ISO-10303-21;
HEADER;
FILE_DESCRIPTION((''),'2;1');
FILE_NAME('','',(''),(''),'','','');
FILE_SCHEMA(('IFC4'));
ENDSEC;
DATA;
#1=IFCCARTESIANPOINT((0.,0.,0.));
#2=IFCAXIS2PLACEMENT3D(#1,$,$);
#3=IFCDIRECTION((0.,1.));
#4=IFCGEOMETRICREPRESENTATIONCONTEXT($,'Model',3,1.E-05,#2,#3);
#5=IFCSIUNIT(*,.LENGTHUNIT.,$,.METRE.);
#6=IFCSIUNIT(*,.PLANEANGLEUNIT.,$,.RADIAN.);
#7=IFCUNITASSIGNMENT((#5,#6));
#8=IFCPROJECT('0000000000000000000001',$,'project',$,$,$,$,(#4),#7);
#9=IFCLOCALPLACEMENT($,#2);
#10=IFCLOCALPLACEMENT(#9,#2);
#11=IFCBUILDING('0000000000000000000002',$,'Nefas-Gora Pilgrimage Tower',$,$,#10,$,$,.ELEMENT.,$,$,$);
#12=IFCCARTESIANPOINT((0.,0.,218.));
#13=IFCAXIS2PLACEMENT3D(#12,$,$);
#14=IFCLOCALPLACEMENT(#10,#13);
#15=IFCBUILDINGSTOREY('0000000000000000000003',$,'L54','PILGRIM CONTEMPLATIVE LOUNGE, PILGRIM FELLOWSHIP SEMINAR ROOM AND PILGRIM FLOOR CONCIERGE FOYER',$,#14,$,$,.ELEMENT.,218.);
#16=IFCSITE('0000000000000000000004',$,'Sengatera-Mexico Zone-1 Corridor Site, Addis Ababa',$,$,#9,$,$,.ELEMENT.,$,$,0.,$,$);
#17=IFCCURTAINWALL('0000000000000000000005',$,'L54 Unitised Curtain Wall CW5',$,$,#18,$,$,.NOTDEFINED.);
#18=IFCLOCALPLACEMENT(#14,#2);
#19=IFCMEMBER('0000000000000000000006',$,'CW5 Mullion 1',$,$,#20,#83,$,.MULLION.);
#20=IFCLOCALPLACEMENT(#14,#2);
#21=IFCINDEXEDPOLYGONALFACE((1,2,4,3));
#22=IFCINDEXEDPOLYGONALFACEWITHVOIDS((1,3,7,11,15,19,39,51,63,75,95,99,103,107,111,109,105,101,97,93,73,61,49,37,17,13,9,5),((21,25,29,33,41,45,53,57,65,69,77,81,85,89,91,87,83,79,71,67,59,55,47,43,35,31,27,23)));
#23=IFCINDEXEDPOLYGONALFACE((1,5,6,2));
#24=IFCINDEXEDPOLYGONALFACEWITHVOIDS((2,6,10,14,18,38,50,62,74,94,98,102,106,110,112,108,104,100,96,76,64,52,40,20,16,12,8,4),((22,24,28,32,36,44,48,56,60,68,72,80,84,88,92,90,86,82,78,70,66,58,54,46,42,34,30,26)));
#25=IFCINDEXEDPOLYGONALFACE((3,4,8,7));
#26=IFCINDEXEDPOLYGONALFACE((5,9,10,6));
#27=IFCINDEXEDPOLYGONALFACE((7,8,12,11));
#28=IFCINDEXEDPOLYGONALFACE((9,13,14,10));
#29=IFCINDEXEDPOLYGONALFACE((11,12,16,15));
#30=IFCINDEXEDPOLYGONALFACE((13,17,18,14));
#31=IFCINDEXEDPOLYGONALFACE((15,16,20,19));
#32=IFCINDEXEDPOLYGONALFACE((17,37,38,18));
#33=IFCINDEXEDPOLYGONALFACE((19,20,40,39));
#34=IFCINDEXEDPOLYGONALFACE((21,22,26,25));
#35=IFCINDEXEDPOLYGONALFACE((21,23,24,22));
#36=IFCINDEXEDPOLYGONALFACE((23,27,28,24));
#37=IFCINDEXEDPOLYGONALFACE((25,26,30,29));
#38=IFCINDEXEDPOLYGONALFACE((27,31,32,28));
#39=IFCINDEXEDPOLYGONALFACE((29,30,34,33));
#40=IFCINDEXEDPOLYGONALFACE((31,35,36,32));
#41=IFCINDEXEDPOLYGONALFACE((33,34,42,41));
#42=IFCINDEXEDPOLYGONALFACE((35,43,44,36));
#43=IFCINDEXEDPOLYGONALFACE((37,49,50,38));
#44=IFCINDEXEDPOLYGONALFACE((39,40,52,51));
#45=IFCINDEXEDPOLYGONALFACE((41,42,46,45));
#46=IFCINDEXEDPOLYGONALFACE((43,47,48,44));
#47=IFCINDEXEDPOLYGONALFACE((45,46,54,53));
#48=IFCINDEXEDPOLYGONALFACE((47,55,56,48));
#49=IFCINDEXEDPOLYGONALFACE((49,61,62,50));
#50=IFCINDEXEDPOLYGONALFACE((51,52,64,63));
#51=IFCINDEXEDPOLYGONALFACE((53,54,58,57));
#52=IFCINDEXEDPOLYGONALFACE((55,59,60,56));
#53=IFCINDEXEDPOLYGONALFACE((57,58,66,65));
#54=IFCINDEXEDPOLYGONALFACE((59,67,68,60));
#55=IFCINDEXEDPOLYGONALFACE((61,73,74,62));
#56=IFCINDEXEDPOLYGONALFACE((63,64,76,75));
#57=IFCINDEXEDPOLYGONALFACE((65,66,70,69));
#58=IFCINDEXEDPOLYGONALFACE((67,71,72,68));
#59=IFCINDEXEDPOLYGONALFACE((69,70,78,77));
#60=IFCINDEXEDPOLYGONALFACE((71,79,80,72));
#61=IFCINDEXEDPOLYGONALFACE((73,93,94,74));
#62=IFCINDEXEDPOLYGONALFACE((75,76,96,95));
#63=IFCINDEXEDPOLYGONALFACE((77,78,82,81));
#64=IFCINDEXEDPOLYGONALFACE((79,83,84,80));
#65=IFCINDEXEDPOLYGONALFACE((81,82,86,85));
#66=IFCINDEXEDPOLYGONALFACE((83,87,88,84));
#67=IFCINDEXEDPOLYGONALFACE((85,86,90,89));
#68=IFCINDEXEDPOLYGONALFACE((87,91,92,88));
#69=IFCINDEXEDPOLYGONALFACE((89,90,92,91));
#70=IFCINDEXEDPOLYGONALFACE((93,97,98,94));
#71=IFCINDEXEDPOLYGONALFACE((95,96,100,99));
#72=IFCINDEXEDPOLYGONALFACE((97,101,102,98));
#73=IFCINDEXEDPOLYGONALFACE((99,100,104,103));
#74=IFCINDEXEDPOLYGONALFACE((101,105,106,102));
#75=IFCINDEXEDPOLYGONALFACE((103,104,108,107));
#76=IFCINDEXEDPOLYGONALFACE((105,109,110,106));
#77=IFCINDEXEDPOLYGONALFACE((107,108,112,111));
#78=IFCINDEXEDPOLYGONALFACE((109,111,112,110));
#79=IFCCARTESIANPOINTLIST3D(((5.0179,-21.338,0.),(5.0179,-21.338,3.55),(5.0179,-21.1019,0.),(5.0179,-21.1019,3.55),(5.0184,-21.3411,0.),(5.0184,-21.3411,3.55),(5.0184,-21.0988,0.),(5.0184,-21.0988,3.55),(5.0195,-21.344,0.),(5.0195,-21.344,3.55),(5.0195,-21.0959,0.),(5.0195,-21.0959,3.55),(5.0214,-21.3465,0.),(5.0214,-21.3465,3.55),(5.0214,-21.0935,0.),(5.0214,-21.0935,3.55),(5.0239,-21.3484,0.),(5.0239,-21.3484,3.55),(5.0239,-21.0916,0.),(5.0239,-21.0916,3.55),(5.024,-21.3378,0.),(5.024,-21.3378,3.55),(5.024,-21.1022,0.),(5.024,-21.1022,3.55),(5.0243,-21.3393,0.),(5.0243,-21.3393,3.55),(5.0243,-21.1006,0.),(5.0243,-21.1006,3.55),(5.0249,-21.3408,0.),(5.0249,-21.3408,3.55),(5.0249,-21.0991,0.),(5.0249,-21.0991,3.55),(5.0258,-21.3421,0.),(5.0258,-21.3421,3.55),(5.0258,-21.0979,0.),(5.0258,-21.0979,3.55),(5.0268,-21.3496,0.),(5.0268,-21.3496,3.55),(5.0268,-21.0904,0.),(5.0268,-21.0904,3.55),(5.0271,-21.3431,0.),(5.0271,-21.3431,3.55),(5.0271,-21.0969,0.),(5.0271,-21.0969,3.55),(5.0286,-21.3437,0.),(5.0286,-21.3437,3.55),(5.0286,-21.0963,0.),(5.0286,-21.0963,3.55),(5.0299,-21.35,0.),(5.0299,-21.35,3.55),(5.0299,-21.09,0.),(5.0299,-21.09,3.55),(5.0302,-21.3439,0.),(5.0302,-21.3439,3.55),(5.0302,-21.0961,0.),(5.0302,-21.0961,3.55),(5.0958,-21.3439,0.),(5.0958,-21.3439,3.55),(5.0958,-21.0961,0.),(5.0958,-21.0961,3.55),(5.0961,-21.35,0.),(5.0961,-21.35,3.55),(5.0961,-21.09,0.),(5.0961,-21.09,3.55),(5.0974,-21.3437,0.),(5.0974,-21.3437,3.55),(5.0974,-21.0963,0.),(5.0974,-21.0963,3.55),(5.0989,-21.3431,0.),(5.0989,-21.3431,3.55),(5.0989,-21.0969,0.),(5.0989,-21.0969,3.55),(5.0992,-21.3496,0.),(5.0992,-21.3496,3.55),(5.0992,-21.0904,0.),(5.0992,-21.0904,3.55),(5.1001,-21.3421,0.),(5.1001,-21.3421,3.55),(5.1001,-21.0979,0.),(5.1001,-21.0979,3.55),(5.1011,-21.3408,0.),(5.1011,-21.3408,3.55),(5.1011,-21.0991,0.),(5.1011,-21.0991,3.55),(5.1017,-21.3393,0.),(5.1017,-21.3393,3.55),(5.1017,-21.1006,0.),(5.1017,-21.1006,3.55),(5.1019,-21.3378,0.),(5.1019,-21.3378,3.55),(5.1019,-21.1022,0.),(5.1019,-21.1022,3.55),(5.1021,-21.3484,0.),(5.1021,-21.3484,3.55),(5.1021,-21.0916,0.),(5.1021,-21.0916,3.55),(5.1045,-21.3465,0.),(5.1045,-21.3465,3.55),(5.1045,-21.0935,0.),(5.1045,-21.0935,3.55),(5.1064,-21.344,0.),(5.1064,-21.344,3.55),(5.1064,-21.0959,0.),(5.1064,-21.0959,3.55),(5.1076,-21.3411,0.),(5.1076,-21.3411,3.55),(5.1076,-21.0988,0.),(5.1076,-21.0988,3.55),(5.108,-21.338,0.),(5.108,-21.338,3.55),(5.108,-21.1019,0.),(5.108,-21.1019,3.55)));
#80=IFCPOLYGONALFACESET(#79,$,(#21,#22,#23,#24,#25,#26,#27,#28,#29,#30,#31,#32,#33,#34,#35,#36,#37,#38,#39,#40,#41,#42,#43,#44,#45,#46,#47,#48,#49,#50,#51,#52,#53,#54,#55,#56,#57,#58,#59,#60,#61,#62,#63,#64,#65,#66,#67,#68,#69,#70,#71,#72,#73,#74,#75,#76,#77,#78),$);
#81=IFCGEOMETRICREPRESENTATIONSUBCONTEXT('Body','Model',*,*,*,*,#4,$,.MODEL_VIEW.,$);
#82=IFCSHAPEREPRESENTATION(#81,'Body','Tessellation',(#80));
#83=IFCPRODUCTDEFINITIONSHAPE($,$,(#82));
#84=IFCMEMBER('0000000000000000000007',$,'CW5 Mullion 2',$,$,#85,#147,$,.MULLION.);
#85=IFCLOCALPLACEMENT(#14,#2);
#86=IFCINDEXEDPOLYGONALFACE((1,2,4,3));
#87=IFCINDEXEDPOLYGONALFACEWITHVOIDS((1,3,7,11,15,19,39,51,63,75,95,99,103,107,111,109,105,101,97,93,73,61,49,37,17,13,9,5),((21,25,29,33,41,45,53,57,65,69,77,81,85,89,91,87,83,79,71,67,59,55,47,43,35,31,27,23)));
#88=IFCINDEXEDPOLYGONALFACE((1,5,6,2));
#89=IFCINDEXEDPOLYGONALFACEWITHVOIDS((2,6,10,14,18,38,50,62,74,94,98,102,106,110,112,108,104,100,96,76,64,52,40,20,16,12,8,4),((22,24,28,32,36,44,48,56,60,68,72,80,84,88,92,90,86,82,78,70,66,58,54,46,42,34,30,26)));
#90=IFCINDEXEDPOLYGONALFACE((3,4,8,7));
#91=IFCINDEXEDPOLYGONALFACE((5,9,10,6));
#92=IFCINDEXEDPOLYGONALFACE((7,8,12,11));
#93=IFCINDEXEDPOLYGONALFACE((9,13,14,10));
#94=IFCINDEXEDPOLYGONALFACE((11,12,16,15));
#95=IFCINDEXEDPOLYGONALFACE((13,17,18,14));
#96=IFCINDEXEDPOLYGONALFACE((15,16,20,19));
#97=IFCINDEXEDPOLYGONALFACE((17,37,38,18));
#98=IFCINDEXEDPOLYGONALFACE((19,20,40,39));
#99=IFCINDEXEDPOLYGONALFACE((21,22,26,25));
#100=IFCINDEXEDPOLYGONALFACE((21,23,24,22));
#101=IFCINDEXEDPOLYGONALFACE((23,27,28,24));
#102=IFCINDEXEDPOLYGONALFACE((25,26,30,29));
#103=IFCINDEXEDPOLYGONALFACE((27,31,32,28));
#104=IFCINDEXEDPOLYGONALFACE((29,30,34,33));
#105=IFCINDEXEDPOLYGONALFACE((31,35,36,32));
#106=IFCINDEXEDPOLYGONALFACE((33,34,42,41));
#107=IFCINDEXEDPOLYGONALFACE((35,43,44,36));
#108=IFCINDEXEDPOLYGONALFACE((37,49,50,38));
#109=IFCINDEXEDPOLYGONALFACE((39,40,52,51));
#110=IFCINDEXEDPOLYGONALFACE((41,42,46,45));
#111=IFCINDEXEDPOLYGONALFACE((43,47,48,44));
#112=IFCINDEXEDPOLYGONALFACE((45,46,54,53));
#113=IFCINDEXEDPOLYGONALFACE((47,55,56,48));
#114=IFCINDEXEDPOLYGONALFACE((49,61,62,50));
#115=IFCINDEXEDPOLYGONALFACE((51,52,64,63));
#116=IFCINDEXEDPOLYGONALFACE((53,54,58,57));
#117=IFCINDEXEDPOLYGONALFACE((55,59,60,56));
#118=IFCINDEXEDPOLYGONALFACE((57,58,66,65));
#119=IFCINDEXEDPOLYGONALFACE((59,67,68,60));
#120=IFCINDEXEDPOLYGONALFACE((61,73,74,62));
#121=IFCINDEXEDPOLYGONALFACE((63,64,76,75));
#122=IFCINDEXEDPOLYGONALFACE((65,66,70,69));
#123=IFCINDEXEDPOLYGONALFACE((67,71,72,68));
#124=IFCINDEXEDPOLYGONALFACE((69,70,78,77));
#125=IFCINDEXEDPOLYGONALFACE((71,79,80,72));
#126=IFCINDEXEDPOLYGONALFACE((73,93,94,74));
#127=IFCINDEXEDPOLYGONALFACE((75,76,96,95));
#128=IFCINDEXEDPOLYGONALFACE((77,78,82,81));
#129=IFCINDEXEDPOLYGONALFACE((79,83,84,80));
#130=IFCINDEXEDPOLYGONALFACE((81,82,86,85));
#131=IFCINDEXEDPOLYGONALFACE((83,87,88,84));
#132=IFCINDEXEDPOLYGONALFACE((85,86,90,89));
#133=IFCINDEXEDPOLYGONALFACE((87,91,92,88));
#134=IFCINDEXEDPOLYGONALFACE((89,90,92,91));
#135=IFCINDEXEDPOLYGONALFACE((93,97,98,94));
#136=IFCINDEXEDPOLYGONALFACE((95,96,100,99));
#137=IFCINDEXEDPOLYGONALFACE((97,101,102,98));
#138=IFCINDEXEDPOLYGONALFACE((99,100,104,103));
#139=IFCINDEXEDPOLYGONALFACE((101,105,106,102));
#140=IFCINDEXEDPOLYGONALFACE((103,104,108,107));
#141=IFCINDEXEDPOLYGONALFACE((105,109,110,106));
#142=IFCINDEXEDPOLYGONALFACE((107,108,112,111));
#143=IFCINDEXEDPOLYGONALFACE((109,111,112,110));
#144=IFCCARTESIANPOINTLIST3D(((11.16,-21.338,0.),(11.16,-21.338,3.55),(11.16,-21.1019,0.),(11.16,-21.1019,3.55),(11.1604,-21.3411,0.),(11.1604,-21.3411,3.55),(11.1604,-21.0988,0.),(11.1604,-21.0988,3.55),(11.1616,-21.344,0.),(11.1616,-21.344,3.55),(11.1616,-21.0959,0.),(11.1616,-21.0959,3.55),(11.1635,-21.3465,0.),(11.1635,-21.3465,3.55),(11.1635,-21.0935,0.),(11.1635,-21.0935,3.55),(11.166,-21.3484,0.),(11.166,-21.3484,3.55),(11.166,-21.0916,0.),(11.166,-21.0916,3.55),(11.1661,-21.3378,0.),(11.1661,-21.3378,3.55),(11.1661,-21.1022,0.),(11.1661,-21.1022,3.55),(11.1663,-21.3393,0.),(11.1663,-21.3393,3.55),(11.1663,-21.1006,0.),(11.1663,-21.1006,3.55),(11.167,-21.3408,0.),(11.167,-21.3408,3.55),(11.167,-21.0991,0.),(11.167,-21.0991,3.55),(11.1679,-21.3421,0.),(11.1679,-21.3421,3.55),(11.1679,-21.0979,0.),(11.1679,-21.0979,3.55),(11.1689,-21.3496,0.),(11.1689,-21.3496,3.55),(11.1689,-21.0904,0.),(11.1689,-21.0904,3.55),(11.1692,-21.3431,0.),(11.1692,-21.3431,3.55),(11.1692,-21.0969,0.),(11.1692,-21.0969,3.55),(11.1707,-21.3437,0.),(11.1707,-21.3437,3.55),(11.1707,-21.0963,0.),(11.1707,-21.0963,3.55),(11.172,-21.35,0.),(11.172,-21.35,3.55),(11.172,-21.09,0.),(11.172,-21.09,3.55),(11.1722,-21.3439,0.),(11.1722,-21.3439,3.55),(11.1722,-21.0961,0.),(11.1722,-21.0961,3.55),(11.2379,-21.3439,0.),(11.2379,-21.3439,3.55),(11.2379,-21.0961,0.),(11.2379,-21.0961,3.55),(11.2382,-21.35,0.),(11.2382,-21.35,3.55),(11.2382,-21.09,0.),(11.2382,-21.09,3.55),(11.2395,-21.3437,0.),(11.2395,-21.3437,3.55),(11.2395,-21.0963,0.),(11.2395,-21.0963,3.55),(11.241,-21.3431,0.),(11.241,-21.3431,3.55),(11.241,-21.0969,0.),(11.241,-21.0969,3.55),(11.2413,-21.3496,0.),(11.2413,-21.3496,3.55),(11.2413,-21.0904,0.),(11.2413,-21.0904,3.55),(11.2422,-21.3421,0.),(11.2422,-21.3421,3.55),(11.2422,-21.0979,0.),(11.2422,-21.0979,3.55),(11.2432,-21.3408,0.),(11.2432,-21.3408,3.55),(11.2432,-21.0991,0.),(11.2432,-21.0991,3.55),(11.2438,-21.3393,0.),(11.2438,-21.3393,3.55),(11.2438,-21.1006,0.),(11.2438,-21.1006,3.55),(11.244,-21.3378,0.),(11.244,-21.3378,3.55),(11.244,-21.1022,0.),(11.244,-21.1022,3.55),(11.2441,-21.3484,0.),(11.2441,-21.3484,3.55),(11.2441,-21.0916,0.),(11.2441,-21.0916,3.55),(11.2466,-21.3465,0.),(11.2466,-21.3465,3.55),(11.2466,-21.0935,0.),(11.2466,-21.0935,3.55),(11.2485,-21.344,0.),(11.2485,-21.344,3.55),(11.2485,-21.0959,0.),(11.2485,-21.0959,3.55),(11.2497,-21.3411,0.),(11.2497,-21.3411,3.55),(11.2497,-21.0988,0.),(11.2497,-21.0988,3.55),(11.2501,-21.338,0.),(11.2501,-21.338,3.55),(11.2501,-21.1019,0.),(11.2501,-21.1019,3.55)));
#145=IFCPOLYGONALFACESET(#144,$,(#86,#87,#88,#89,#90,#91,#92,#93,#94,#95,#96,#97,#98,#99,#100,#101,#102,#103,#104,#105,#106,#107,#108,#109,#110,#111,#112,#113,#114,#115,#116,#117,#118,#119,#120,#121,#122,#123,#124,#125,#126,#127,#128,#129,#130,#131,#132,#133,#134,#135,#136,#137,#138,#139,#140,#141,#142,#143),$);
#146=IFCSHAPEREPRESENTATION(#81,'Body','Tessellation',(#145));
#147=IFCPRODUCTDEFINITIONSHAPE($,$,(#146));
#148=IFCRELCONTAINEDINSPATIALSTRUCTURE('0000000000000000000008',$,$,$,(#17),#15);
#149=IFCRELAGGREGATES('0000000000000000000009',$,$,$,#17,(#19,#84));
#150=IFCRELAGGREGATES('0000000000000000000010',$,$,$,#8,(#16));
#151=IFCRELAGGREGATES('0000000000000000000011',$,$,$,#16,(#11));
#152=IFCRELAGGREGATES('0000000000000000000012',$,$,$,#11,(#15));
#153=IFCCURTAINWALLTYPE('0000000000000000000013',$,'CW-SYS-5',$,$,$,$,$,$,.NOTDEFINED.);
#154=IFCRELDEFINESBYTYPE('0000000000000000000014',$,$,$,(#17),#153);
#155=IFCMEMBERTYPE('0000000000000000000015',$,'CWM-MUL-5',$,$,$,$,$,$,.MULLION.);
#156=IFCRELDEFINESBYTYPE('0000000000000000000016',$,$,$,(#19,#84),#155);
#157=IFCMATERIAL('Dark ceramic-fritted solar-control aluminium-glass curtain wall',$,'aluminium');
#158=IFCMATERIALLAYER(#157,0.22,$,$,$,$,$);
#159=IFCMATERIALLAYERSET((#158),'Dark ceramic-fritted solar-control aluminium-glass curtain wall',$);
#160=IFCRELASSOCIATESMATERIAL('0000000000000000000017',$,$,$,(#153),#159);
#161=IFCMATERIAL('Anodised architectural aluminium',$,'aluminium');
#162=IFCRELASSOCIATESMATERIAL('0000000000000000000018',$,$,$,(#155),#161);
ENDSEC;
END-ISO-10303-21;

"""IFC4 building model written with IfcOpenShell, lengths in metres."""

from ifc_helpers import new_model, si_unit, direction, frame, origin, origin_2d, place, context, subcontext, project, spatial, hollow_rectangle, extrude, source, transform, mapped, material, layer, layer_set, material_profile, profile_set, type_object, element, aggregate, save


model = new_model("IFC4")

# Units and contexts
model_context = context("Model", 3, precision=1e-05, world=origin(), true_north=direction((0.0, 1.0)))
body_context = subcontext(model_context, "Body", "Model", "MODEL_VIEW")
ifc_project = project(units=[si_unit("LENGTHUNIT", "METRE"), si_unit("PLANEANGLEUNIT", "RADIAN")], contexts=[model_context])

# Site, building, storey
site_placement = place(None, origin())
site = spatial("IfcSite", under=ifc_project, at=site_placement, Name="Sengatera-Mexico Zone-1 Corridor Site, Addis Ababa", CompositionType="ELEMENT", RefElevation=0.0)
building_placement = place(site_placement, origin())
building = spatial("IfcBuilding", under=site, at=building_placement, Name="Nefas-Gora Pilgrimage Tower", CompositionType="ELEMENT")
storey_placement = place(building_placement, frame((0.0, 0.0, 218.0)))
storey = spatial("IfcBuildingStorey", under=building, at=storey_placement, Name="L54", Description="PILGRIM CONTEMPLATIVE LOUNGE, PILGRIM FELLOWSHIP SEMINAR ROOM AND PILGRIM FLOOR CONCIERGE FOYER", CompositionType="ELEMENT", Elevation=218.0)

# Curtain wall, members
ifc_material_1 = material(Name="Dark ceramic-fritted solar-control aluminium-glass curtain wall", Category="aluminium")
ifc_layer_1 = layer(ifc_material_1, 0.22)
ifc_layer_set_1 = layer_set([ifc_layer_1], Name="Dark ceramic-fritted solar-control aluminium-glass curtain wall")
curtain_wall_type = type_object("IfcCurtainWallType", Name="CW-SYS-5", PredefinedType="NOTDEFINED", material=ifc_layer_set_1)
curtain_wall_1_placement = place(storey_placement, origin())
curtain_wall_1 = element("IfcCurtainWall", 1, at=curtain_wall_1_placement, inside=storey, type_object=curtain_wall_type, Name="L54 Unitised Curtain Wall CW5", PredefinedType="NOTDEFINED")
ifc_material_2 = material(Name="Anodised architectural aluminium", Category="aluminium")
ifc_material_profile_1 = material_profile(ifc_material_2, hollow_rectangle(XDim=0.0901, YDim=0.26, WallThickness=0.0061, InnerFilletRadius=0.0061, OuterFilletRadius=0.012, at=origin_2d()), Name="ALU MULLION 90x260")
ifc_profile_set_1 = profile_set([ifc_material_profile_1], Name="Anodised architectural aluminium")
member_type_1 = type_object("IfcMemberType", Name="CWM-MUL-5", PredefinedType="MULLION", material=ifc_profile_set_1)
shared_shape_1 = source(origin(), body_context, "Body", "SweptSolid", [
    extrude(hollow_rectangle(XDim=0.0901, YDim=0.26, WallThickness=0.0061, InnerFilletRadius=0.0061, OuterFilletRadius=0.012, at=origin_2d()), origin(), (0.0, 0.0, 1.0), 3.55),
])
member_1_placement = place(storey_placement, frame((5.063, -21.22, 0.0), z_axis=(0.0, 0.0, 1.0), x_axis=(1.0, 0.0, 0.0)))
member_1 = element("IfcMember", 2, at=member_1_placement, type_object=member_type_1, Name="CW5 Mullion 1", PredefinedType="MULLION", context=body_context, shape_type="MappedRepresentation", body=[
    mapped(shared_shape_1, transform((0.0, 0.0, 0.0), x_axis=(1.0, 0.0, 0.0), y_axis=(0.0, 1.0, 0.0), z_axis=(0.0, 0.0, 1.0), scale=1.0)),
])
member_2_placement = place(storey_placement, frame((11.2051, -21.22, 0.0), z_axis=(0.0, 0.0, 1.0), x_axis=(1.0, 0.0, 0.0)))
member_2 = element("IfcMember", 3, at=member_2_placement, type_object=member_type_1, Name="CW5 Mullion 2", PredefinedType="MULLION", context=body_context, shape_type="MappedRepresentation", body=[
    mapped(shared_shape_1, transform((0.0, 0.0, 0.0), x_axis=(1.0, 0.0, 0.0), y_axis=(0.0, 1.0, 0.0), z_axis=(0.0, 0.0, 1.0), scale=1.0)),
])

aggregate(curtain_wall_1, [member_1, member_2])

save(model, "model.ifc")
